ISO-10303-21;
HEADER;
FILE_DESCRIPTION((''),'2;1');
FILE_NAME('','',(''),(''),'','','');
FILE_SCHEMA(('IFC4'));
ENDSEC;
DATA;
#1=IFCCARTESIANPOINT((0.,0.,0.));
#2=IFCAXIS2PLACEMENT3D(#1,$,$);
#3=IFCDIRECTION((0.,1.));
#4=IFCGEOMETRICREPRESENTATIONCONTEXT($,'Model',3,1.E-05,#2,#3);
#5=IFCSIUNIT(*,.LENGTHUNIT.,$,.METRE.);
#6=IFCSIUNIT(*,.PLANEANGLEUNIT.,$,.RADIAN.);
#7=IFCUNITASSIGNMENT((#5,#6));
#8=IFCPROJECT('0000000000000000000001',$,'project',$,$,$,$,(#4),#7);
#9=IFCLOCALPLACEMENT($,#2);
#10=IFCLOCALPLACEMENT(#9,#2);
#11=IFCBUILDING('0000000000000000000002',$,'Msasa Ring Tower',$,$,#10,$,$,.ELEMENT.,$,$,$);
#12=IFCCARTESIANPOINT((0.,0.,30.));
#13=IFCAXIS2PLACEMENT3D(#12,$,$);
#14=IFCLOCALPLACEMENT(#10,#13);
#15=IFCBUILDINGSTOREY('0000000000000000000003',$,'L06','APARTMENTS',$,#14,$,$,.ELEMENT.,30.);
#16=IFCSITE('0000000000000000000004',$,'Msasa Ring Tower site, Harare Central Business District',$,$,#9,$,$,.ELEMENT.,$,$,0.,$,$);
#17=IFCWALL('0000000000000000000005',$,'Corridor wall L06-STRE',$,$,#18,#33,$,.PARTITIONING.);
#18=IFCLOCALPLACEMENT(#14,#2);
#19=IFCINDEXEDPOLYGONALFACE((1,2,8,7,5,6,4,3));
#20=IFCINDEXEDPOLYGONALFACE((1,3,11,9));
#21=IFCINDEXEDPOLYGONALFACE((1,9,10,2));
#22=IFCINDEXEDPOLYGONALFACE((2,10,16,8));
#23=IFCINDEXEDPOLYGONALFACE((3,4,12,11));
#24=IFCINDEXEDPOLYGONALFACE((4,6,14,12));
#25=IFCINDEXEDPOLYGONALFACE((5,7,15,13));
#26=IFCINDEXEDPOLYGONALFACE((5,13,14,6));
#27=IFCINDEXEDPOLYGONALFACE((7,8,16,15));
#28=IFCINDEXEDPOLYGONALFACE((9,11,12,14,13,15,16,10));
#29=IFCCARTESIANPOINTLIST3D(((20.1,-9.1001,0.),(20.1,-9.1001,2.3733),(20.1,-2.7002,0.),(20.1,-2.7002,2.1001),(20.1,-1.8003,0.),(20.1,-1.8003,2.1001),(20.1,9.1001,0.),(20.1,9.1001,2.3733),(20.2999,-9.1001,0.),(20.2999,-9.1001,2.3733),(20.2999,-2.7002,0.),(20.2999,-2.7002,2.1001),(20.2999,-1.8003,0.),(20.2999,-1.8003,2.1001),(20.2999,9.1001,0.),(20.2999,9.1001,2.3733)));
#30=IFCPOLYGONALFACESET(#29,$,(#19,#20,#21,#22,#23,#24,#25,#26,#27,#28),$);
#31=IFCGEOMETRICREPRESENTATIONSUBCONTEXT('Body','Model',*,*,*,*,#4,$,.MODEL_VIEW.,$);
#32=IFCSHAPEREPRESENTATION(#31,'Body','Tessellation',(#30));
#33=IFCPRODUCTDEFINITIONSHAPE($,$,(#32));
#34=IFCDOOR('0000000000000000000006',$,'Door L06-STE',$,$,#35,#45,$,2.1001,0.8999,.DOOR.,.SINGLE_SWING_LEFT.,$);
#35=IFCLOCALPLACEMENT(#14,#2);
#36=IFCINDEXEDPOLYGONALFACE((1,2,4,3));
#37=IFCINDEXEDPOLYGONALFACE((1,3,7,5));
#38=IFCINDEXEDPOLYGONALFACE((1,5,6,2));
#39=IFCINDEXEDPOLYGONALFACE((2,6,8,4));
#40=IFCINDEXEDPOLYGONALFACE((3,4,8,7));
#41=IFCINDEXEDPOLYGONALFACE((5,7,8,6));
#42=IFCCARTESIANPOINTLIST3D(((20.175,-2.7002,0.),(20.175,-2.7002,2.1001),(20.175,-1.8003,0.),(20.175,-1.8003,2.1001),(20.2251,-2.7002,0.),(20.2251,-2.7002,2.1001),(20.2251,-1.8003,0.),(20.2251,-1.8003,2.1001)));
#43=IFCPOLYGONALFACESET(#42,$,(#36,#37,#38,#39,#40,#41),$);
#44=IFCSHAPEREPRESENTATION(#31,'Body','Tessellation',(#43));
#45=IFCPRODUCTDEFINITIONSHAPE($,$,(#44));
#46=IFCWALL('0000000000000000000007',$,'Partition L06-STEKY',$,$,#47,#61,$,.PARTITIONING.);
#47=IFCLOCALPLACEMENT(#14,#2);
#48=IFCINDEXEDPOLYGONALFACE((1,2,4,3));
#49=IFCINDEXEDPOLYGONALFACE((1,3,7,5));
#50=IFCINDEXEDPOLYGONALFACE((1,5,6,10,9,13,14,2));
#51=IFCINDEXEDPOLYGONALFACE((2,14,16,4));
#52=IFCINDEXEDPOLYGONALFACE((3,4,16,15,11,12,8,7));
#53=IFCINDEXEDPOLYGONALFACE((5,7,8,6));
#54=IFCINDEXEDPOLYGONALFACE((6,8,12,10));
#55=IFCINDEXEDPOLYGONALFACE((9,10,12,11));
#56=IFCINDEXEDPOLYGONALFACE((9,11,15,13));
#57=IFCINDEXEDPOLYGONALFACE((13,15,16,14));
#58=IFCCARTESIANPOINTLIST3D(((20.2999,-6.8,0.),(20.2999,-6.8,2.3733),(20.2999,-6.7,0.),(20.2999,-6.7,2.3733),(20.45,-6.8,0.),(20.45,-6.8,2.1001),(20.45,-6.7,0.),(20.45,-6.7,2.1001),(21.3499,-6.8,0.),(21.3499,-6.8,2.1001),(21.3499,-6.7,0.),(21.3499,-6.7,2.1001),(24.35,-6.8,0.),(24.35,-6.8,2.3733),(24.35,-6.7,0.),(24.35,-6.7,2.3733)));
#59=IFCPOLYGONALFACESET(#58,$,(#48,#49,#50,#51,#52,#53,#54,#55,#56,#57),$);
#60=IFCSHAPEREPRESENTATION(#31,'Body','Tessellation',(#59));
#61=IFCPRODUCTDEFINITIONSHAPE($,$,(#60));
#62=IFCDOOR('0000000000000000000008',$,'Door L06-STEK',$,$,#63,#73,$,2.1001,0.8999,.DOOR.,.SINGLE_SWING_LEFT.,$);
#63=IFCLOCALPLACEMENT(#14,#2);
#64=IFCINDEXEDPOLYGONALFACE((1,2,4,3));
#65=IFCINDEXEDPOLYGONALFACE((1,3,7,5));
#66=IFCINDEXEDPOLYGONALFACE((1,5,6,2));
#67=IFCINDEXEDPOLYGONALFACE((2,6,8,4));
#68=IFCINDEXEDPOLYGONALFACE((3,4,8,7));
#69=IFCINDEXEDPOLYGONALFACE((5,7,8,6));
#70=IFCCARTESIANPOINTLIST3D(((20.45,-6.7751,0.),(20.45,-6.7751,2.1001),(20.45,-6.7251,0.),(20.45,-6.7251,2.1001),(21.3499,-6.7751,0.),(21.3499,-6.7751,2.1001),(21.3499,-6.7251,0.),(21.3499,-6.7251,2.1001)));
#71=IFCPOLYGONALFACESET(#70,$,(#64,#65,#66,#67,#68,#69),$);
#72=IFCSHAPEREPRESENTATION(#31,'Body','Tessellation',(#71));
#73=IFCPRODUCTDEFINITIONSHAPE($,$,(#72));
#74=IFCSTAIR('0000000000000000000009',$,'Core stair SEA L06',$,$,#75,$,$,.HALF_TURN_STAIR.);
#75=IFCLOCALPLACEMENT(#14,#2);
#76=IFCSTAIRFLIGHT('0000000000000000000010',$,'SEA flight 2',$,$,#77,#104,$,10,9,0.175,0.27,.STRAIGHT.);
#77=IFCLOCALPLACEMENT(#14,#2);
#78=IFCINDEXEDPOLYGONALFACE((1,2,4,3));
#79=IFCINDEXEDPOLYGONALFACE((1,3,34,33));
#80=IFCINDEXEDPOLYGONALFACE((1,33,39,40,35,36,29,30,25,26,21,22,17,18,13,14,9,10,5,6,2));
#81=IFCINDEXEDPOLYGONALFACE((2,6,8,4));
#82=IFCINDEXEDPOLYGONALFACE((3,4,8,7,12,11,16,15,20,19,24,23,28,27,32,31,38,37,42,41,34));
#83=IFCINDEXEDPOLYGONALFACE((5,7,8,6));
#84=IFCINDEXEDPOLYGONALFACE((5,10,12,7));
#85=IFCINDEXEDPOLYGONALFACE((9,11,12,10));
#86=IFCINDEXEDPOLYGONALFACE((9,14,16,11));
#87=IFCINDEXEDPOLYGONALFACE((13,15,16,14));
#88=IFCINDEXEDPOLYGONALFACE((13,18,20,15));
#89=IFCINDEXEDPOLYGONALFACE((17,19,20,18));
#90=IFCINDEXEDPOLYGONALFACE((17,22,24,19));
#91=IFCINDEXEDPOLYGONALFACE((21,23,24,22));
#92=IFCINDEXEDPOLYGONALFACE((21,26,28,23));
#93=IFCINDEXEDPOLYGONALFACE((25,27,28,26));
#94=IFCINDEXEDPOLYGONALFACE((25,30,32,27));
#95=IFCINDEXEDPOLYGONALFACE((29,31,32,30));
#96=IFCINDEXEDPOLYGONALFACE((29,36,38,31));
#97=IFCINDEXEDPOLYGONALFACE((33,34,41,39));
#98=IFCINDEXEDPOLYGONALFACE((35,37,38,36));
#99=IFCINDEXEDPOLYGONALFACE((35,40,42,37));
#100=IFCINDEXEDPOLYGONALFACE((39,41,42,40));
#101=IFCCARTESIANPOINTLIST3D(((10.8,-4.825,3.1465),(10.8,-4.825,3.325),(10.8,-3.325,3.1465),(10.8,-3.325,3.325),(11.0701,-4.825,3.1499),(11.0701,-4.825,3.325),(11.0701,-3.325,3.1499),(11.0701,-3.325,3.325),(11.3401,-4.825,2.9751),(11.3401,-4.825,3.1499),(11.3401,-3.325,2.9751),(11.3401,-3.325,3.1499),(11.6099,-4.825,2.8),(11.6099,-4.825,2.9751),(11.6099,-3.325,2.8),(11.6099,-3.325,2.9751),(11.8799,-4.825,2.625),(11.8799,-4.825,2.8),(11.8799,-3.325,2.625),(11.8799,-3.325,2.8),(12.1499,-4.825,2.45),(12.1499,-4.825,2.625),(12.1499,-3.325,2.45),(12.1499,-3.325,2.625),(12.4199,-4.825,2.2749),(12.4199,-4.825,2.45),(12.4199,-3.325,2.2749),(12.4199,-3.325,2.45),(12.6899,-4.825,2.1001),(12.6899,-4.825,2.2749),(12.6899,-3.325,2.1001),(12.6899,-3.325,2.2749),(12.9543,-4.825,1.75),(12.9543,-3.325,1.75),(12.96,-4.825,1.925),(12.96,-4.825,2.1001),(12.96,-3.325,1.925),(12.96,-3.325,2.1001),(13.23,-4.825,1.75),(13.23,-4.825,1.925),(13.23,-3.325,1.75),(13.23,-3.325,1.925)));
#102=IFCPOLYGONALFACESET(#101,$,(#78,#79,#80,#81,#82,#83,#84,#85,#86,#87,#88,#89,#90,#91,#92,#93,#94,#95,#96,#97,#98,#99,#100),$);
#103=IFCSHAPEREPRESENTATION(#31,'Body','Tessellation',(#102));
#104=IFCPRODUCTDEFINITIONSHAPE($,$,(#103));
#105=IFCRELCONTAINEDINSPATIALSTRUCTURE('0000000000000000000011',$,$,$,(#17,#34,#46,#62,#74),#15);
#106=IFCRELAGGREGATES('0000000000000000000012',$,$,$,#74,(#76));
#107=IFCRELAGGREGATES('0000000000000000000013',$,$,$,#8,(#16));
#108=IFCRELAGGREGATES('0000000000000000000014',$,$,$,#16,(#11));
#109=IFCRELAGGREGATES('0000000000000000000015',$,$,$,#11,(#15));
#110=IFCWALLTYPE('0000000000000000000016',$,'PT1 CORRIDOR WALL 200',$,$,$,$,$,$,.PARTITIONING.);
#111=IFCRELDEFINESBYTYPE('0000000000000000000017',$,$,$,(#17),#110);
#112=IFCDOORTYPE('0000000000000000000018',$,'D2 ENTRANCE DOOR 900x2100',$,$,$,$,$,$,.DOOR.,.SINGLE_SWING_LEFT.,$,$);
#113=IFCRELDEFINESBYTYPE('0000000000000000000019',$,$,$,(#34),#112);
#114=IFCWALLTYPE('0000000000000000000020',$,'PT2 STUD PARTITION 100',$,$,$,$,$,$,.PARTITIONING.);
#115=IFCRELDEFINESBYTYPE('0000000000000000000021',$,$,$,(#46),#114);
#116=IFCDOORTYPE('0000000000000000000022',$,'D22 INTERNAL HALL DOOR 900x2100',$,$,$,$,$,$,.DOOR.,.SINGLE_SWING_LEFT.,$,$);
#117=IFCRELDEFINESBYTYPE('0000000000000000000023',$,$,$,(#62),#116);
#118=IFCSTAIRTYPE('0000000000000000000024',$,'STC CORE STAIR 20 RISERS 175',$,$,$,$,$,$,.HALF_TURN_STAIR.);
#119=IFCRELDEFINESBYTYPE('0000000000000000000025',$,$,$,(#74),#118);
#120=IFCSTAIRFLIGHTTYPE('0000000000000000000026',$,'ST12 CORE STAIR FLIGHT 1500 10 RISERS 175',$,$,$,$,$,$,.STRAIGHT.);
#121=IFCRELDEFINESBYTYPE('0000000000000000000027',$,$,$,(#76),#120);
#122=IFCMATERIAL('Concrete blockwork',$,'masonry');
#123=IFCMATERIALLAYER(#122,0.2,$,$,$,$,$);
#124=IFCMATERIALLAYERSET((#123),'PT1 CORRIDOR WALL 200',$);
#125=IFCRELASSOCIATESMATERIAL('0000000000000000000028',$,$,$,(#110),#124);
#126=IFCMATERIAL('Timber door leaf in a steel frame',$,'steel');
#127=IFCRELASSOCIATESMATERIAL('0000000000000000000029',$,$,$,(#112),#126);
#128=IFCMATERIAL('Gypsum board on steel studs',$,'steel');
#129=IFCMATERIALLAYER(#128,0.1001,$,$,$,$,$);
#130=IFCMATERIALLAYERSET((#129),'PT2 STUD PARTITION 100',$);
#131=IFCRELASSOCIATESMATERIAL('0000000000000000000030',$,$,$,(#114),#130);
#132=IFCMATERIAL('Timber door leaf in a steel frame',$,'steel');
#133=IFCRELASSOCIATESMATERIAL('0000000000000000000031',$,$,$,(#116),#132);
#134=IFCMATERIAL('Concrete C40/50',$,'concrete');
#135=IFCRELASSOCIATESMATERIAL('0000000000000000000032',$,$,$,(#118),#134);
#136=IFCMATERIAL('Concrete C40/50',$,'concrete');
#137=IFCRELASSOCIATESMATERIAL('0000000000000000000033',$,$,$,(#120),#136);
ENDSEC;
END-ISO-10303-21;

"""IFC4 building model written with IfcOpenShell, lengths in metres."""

from ifc_helpers import new_model, si_unit, direction, frame, frame_2d, origin, place, context, subcontext, project, spatial, polyline, rectangle, outline, extrude, material, layer, layer_set, type_object, element, fill, aggregate, save


model = new_model("IFC4")

# Units and contexts
model_context = context("Model", 3, precision=1e-05, world=origin(), true_north=direction((0.0, 1.0)))
body_context = subcontext(model_context, "Body", "Model", "MODEL_VIEW")
ifc_project = project(units=[si_unit("LENGTHUNIT", "METRE"), si_unit("PLANEANGLEUNIT", "RADIAN")], contexts=[model_context])

# Site, building, storey
site_placement = place(None, origin())
site = spatial("IfcSite", under=ifc_project, at=site_placement, Name="Msasa Ring Tower site, Harare Central Business District", CompositionType="ELEMENT", RefElevation=0.0)
building_placement = place(site_placement, origin())
building = spatial("IfcBuilding", under=site, at=building_placement, Name="Msasa Ring Tower", CompositionType="ELEMENT")
storey_placement = place(building_placement, frame((0.0, 0.0, 30.0)))
storey = spatial("IfcBuildingStorey", under=building, at=storey_placement, Name="L06", Description="APARTMENTS", CompositionType="ELEMENT", Elevation=30.0)

# Walls, openings, doors
ifc_material_1 = material(Name="Concrete blockwork", Category="masonry")
ifc_layer_1 = layer(ifc_material_1, 0.2)
ifc_layer_set_1 = layer_set([ifc_layer_1], Name="PT1 CORRIDOR WALL 200")
wall_type_1 = type_object("IfcWallType", Name="PT1 CORRIDOR WALL 200", PredefinedType="PARTITIONING", material=ifc_layer_set_1)
wall_1_placement = place(storey_placement, frame((20.2, -9.1001, 0.0), z_axis=(0.0, 0.0, 1.0), x_axis=(0.0, 1.0, 0.0)))
wall_1 = element("IfcWall", 1, at=wall_1_placement, inside=storey, type_object=wall_type_1, Name="Corridor wall L06-STRE", PredefinedType="PARTITIONING", context=body_context, shape_type="SweptSolid", body=[
    extrude(rectangle(XDim=18.2002, YDim=0.2, at=frame_2d((9.1001, 0.0))), origin(), (0.0, 0.0, 1.0), 2.3733),
])
opening_1_placement = place(wall_1_placement, frame((6.3999, 0.0, 0.0)))
opening_1 = element("IfcOpeningElement", 2, at=opening_1_placement, cuts=wall_1, PredefinedType="OPENING", context=body_context, shape_type="SweptSolid", body=[
    extrude(rectangle(XDim=0.8999, YDim=2.1001, at=frame_2d((0.45, 1.05))), frame((0.0, 0.1099, 0.0), z_axis=(0.0, -1.0, 0.0), x_axis=(1.0, 0.0, 0.0)), (0.0, 0.0, 1.0), 0.22),
])
ifc_material_2 = material(Name="Timber door leaf in a steel frame", Category="steel")
door_type_1 = type_object("IfcDoorType", Name="D2 ENTRANCE DOOR 900x2100", OperationType="SINGLE_SWING_LEFT", PredefinedType="DOOR", material=ifc_material_2)
door_1_placement = place(opening_1_placement, origin())
door_1 = element("IfcDoor", 3, at=door_1_placement, inside=storey, type_object=door_type_1, Name="Door L06-STE", OperationType="SINGLE_SWING_LEFT", OverallHeight=2.1001, OverallWidth=0.8999, PredefinedType="DOOR", context=body_context, shape_type="SweptSolid", body=[
    extrude(rectangle(XDim=0.8999, YDim=2.1001, at=frame_2d((0.45, 1.05))), frame((0.0, 0.0249, 0.0), z_axis=(0.0, -1.0, 0.0), x_axis=(1.0, 0.0, 0.0)), (0.0, 0.0, 1.0), 0.05),
])
fill(opening_1, door_1)
ifc_material_3 = material(Name="Gypsum board on steel studs", Category="steel")
ifc_layer_2 = layer(ifc_material_3, 0.1001)
ifc_layer_set_2 = layer_set([ifc_layer_2], Name="PT2 STUD PARTITION 100")
wall_type_2 = type_object("IfcWallType", Name="PT2 STUD PARTITION 100", PredefinedType="PARTITIONING", material=ifc_layer_set_2)
wall_2_placement = place(storey_placement, frame((20.3, -6.75, 0.0), z_axis=(0.0, 0.0, 1.0), x_axis=(1.0, 0.0, 0.0)))
wall_2 = element("IfcWall", 4, at=wall_2_placement, inside=storey, type_object=wall_type_2, Name="Partition L06-STEKY", PredefinedType="PARTITIONING", context=body_context, shape_type="SweptSolid", body=[
    extrude(rectangle(XDim=4.05, YDim=0.1001, at=frame_2d((2.0249, 0.0))), origin(), (0.0, 0.0, 1.0), 2.3733),
])
opening_2_placement = place(wall_2_placement, frame((0.1499, 0.0, 0.0)))
opening_2 = element("IfcOpeningElement", 5, at=opening_2_placement, cuts=wall_2, PredefinedType="OPENING", context=body_context, shape_type="SweptSolid", body=[
    extrude(rectangle(XDim=0.8999, YDim=2.1001, at=frame_2d((0.45, 1.05))), frame((0.0, 0.0601, 0.0), z_axis=(0.0, -1.0, 0.0), x_axis=(1.0, 0.0, 0.0)), (0.0, 0.0, 1.0), 0.1201),
])
ifc_material_4 = material(Name="Timber door leaf in a steel frame", Category="steel")
door_type_2 = type_object("IfcDoorType", Name="D22 INTERNAL HALL DOOR 900x2100", OperationType="SINGLE_SWING_LEFT", PredefinedType="DOOR", material=ifc_material_4)
door_2_placement = place(opening_2_placement, origin())
door_2 = element("IfcDoor", 6, at=door_2_placement, inside=storey, type_object=door_type_2, Name="Door L06-STEK", OperationType="SINGLE_SWING_LEFT", OverallHeight=2.1001, OverallWidth=0.8999, PredefinedType="DOOR", context=body_context, shape_type="SweptSolid", body=[
    extrude(rectangle(XDim=0.8999, YDim=2.1001, at=frame_2d((0.45, 1.05))), frame((0.0, 0.0249, 0.0), z_axis=(0.0, -1.0, 0.0), x_axis=(1.0, 0.0, 0.0)), (0.0, 0.0, 1.0), 0.05),
])
fill(opening_2, door_2)

# Stair, stair flight
ifc_material_5 = material(Name="Concrete C40/50", Category="concrete")
stair_type = type_object("IfcStairType", Name="STC CORE STAIR 20 RISERS 175", PredefinedType="HALF_TURN_STAIR", material=ifc_material_5)
stair_placement = place(storey_placement, origin())
stair = element("IfcStair", 7, at=stair_placement, inside=storey, type_object=stair_type, Name="Core stair SEA L06", PredefinedType="HALF_TURN_STAIR")
ifc_material_6 = material(Name="Concrete C40/50", Category="concrete")
stair_flight_type = type_object("IfcStairFlightType", Name="ST12 CORE STAIR FLIGHT 1500 10 RISERS 175", PredefinedType="STRAIGHT", material=ifc_material_6)
stair_flight_placement = place(storey_placement, frame((13.23, -4.075, 1.75), z_axis=(0.0, 0.0, 1.0), x_axis=(-1.0, 0.0, 0.0)))
stair_flight = element("IfcStairFlight", 8, at=stair_flight_placement, type_object=stair_flight_type, Name="SEA flight 2", NumberOfRisers=10, NumberOfTreads=9, PredefinedType="STRAIGHT", RiserHeight=0.175, TreadLength=0.27, context=body_context, shape_type="SweptSolid", body=[
    extrude(outline(polyline([(0.0, 0.0), (0.0, 0.175), (0.27, 0.175), (0.27, 0.3501), (0.54, 0.3501), (0.54, 0.5249), (0.8101, 0.5249), (0.8101, 0.7), (1.0801, 0.7), (1.0801, 0.875), (1.3501, 0.875), (1.3501, 1.05), (1.6201, 1.05), (1.6201, 1.2251), (1.8899, 1.2251), (1.8899, 1.3999), (2.1599, 1.3999), (2.1599, 1.575), (2.4299, 1.575), (2.4299, 1.75), (2.4299, 1.3965), (0.2756, 0.0), (0.0, 0.0)])), frame((0.0, 0.75, 0.0), z_axis=(0.0, -1.0, 0.0), x_axis=(1.0, 0.0, 0.0)), (0.0, 0.0, 1.0), 1.5),
])
aggregate(stair, [stair_flight])

save(model, "model.ifc")
